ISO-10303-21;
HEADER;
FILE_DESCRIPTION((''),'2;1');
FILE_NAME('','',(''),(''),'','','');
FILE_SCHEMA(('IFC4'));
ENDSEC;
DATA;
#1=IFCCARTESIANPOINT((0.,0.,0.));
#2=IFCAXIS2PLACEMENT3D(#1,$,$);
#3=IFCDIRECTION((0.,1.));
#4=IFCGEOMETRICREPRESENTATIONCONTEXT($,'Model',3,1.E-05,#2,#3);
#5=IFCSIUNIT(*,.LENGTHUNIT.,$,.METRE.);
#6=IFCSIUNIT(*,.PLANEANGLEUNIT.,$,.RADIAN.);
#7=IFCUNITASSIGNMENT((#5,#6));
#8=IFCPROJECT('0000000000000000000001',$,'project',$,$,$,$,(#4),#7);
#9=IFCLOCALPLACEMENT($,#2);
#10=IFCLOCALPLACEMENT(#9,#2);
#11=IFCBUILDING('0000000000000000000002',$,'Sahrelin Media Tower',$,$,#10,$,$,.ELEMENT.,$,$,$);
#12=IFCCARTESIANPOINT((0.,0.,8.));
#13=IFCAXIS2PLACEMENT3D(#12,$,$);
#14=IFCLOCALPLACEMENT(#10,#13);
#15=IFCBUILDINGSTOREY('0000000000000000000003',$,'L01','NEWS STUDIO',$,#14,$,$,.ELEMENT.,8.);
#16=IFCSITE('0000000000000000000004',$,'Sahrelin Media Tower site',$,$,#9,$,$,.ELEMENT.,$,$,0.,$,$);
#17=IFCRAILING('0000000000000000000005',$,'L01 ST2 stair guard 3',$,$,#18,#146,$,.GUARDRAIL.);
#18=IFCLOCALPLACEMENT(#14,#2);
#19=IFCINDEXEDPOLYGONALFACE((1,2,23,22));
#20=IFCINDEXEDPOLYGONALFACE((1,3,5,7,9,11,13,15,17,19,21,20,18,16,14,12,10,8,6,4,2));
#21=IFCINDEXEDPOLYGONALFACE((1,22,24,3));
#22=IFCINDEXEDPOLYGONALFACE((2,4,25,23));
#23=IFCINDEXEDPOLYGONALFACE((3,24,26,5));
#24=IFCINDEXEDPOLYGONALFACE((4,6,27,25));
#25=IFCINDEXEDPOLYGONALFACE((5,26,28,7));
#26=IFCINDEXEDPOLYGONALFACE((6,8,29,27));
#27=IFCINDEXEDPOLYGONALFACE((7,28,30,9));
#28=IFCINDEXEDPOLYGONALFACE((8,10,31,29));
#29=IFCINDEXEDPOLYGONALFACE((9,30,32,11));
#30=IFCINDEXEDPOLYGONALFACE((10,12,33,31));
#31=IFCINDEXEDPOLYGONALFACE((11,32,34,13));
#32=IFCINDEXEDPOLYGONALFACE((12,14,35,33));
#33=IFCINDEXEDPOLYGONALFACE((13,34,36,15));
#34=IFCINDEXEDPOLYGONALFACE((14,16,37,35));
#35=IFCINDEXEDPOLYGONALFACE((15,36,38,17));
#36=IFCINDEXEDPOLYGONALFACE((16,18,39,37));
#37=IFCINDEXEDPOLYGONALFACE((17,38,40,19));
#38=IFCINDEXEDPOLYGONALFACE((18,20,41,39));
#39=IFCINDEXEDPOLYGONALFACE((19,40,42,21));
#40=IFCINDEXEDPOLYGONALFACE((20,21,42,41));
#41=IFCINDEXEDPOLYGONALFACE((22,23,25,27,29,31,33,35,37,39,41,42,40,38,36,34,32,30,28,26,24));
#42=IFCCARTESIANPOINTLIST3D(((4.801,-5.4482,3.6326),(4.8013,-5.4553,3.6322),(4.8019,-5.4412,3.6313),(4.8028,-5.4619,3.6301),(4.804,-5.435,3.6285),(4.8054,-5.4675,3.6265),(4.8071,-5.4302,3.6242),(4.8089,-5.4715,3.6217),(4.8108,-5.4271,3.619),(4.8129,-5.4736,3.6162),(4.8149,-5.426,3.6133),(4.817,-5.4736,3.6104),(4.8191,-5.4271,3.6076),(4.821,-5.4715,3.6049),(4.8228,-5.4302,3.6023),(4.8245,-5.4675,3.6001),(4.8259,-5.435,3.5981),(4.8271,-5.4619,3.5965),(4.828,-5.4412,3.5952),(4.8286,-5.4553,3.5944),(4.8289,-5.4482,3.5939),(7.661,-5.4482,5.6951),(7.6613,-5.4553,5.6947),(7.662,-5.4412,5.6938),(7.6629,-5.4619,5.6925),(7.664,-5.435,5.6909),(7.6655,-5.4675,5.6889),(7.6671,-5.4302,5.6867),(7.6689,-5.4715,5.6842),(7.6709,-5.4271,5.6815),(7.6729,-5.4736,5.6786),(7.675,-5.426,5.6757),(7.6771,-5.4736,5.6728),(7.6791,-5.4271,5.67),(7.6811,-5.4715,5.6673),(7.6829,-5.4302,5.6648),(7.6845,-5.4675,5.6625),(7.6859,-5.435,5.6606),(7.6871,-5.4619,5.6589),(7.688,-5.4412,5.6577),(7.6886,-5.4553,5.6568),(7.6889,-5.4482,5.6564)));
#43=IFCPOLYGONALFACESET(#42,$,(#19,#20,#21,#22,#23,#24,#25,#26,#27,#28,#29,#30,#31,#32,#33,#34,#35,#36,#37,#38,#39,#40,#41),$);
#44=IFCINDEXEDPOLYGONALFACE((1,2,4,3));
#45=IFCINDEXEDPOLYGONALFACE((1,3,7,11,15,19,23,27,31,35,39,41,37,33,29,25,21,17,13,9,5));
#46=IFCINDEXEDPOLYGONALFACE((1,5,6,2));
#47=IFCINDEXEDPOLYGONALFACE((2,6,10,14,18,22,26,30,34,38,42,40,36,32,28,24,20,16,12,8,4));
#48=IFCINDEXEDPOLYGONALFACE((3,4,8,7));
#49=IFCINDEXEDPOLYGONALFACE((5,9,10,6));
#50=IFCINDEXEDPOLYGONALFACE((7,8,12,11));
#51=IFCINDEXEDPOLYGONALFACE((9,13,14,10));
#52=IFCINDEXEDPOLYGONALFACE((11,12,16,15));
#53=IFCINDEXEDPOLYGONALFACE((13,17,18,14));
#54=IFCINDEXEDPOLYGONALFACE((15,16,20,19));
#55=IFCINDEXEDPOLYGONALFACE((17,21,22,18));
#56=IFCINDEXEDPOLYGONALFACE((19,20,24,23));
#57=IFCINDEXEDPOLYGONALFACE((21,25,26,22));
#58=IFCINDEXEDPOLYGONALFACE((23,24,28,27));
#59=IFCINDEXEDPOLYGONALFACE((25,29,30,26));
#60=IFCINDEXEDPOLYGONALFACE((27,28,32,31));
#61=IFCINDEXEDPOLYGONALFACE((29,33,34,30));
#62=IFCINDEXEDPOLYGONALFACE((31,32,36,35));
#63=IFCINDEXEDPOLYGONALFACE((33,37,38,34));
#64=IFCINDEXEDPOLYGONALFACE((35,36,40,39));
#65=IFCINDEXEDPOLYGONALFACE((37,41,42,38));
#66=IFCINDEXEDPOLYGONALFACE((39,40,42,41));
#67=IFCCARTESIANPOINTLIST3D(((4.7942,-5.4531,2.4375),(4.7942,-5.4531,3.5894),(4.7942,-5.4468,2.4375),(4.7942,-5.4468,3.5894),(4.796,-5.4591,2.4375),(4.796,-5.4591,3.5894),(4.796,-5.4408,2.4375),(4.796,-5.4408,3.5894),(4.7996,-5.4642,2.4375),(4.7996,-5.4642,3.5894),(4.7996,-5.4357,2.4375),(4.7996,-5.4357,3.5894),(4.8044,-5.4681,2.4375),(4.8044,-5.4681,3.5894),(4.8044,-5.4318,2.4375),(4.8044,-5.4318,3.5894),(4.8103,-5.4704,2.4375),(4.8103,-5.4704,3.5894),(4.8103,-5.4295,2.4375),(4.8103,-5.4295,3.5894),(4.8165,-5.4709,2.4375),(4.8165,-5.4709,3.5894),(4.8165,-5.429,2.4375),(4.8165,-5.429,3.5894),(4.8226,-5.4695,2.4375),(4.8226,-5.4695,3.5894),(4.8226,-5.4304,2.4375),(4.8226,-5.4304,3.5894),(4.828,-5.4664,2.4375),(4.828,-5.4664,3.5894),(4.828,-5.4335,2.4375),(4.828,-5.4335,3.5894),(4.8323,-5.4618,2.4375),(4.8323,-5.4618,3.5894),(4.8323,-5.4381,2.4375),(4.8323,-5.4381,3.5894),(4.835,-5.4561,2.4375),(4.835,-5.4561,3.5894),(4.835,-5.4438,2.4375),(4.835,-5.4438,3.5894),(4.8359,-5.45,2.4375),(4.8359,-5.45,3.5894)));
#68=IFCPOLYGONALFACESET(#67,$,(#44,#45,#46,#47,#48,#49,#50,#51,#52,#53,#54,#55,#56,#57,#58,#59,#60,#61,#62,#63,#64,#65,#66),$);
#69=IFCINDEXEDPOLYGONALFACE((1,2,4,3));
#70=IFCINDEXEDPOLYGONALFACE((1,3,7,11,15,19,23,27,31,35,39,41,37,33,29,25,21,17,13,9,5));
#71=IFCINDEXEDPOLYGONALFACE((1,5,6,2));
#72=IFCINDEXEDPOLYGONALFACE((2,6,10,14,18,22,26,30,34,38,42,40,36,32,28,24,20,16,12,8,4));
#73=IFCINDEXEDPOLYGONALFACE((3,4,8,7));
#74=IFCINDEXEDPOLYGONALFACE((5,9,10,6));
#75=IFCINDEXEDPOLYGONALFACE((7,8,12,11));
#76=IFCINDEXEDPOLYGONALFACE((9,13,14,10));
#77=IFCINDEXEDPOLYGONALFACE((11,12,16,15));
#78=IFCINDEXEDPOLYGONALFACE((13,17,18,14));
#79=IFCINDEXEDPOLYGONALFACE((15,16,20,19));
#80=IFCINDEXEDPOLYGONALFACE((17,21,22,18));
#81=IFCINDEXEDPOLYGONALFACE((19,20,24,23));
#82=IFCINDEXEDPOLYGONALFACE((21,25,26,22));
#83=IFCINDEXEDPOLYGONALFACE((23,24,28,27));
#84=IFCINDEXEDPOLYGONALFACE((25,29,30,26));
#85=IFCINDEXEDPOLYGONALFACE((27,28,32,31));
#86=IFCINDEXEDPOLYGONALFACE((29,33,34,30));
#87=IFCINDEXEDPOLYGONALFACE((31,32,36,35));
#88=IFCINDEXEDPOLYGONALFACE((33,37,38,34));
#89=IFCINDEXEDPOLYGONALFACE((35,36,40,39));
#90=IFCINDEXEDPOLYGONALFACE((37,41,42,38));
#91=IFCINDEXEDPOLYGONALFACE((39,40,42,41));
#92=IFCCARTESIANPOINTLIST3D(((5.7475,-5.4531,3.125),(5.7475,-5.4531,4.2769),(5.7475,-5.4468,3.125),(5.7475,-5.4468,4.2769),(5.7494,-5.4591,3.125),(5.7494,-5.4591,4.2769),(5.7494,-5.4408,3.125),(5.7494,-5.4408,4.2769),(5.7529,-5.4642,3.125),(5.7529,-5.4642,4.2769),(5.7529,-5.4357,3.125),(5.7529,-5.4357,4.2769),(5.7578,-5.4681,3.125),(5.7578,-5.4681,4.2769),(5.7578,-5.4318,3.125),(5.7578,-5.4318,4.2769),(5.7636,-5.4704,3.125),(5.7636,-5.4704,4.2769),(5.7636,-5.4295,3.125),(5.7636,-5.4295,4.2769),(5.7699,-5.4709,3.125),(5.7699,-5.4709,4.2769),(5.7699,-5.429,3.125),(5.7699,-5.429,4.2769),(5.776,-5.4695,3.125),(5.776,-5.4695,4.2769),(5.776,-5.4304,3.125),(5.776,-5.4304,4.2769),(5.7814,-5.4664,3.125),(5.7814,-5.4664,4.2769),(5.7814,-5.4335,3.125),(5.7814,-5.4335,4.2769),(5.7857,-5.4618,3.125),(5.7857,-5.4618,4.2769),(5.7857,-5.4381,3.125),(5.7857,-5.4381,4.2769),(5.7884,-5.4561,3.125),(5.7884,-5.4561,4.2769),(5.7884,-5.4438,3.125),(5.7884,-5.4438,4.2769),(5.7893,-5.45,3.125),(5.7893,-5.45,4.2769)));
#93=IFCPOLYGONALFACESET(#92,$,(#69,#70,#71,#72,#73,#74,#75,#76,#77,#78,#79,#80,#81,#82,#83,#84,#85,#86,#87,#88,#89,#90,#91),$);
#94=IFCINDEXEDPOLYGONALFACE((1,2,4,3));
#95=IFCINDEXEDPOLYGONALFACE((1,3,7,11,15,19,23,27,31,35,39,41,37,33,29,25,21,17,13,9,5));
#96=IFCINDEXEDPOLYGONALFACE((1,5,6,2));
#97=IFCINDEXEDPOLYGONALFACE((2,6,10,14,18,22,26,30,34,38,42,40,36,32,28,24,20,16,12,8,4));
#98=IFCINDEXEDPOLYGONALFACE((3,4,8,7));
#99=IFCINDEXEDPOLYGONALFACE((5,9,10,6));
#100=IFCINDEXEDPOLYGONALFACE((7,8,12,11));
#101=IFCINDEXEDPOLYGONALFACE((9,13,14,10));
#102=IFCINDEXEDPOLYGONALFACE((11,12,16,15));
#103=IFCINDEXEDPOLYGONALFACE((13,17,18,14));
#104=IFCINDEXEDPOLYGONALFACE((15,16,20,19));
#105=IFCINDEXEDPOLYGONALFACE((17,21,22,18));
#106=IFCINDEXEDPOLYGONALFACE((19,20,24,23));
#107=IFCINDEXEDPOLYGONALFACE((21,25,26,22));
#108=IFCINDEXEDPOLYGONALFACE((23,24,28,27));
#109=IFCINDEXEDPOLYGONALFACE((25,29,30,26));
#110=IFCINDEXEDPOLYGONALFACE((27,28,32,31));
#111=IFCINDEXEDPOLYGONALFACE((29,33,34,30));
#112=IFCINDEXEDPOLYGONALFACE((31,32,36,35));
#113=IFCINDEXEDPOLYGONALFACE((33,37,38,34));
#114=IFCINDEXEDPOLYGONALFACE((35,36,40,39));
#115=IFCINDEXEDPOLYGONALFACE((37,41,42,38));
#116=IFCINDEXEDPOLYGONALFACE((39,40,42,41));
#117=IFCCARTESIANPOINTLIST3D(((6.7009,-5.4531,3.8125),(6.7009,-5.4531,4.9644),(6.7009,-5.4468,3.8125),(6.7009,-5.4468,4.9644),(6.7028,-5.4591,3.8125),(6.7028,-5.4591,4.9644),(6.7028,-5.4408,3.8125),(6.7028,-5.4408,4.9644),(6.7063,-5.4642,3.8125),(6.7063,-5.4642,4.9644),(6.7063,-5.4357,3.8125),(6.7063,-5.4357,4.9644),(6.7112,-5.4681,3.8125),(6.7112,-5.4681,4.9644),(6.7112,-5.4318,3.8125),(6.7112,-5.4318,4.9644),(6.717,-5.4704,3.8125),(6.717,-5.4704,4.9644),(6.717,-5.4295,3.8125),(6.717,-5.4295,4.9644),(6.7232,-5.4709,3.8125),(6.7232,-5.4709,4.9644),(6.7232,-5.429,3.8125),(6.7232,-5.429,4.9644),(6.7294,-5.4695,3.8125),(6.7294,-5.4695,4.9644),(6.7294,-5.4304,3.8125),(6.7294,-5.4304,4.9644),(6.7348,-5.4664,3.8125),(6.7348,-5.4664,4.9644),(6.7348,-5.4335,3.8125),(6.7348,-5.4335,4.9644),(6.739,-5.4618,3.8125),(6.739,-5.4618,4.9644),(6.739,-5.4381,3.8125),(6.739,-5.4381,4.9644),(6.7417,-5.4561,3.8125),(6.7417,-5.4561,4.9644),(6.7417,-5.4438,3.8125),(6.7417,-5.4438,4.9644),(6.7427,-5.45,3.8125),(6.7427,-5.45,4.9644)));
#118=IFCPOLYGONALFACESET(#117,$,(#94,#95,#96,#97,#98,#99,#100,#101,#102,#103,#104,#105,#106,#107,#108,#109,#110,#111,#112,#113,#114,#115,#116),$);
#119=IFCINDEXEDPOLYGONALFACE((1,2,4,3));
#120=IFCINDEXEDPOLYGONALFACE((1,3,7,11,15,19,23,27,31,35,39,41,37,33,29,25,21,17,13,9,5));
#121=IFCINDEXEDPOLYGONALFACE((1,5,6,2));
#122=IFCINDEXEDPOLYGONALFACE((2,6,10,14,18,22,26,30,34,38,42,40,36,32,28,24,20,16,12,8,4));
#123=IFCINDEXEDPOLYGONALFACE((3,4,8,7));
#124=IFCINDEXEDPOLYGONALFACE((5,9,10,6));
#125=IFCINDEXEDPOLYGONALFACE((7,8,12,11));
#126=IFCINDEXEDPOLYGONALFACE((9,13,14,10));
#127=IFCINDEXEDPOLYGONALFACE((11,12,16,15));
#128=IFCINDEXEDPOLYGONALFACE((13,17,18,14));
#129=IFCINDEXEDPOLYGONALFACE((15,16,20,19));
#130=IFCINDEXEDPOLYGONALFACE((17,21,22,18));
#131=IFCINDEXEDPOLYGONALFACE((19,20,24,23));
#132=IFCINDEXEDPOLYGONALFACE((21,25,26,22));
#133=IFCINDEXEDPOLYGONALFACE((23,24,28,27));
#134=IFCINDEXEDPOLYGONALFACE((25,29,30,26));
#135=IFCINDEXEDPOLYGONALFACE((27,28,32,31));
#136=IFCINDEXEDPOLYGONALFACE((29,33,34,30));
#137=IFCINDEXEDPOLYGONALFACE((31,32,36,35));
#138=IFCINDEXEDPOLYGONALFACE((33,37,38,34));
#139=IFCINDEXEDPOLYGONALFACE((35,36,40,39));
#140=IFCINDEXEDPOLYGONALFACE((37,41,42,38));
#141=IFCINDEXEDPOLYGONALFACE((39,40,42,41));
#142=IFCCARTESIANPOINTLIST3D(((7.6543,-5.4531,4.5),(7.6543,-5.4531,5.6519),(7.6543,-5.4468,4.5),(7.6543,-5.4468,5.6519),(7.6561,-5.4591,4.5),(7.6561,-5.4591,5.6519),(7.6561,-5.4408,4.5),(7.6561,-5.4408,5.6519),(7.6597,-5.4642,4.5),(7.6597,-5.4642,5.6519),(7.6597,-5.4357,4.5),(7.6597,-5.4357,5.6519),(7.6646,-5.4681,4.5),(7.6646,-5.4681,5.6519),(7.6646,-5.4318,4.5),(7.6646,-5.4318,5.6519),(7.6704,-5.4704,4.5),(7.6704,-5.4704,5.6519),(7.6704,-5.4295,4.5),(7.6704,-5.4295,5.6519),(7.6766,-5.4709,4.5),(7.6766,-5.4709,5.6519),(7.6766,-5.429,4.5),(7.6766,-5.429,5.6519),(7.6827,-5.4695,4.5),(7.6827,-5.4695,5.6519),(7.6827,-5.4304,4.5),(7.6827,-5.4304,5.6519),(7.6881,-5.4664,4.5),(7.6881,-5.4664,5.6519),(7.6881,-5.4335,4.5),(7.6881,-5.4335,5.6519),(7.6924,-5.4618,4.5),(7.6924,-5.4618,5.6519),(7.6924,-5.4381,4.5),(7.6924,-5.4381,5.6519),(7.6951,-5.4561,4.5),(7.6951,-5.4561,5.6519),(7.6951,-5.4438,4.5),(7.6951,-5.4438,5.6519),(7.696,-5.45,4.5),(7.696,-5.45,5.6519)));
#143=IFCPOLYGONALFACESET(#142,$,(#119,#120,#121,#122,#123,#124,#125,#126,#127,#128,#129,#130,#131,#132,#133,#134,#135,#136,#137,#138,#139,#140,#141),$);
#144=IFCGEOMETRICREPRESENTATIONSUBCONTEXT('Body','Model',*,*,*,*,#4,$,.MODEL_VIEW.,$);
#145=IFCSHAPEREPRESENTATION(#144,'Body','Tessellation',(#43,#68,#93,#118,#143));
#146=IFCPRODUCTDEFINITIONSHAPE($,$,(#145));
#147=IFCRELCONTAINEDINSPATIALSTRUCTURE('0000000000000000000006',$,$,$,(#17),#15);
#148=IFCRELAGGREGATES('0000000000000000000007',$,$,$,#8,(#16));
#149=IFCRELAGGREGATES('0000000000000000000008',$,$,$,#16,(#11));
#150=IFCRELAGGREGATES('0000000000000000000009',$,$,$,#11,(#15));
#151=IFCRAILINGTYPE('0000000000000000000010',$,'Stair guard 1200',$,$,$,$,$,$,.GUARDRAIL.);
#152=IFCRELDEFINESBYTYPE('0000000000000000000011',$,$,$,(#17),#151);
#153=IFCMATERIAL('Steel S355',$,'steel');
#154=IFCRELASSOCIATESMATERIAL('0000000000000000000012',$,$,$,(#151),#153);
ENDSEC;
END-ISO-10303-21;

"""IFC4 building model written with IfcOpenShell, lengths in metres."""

from ifc_helpers import new_model, si_unit, direction, frame, origin, origin_2d, place, context, subcontext, project, spatial, circle, extrude, material, type_object, element, save


model = new_model("IFC4")

# Units and contexts
model_context = context("Model", 3, precision=1e-05, world=origin(), true_north=direction((0.0, 1.0)))
body_context = subcontext(model_context, "Body", "Model", "MODEL_VIEW")
ifc_project = project(units=[si_unit("LENGTHUNIT", "METRE"), si_unit("PLANEANGLEUNIT", "RADIAN")], contexts=[model_context])

# Site, building, storey
site_placement = place(None, origin())
site = spatial("IfcSite", under=ifc_project, at=site_placement, Name="Sahrelin Media Tower site", CompositionType="ELEMENT", RefElevation=0.0)
building_placement = place(site_placement, origin())
building = spatial("IfcBuilding", under=site, at=building_placement, Name="Sahrelin Media Tower", CompositionType="ELEMENT")
storey_placement = place(building_placement, frame((0.0, 0.0, 8.0)))
storey = spatial("IfcBuildingStorey", under=building, at=storey_placement, Name="L01", Description="NEWS STUDIO", CompositionType="ELEMENT", Elevation=8.0)

# Railing
ifc_material_1 = material(Name="Steel S355", Category="steel")
railing_type_1 = type_object("IfcRailingType", Name="Stair guard 1200", PredefinedType="GUARDRAIL", material=ifc_material_1)
railing_1_placement = place(storey_placement, frame((4.8149, -5.45, 2.4375)))
element("IfcRailing", 1, at=railing_1_placement, inside=storey, type_object=railing_type_1, Name="L01 ST2 stair guard 3", PredefinedType="GUARDRAIL", context=body_context, shape_type="SweptSolid", body=[
    extrude(circle(Radius=0.0239, at=origin_2d()), frame((0.0, 0.0, 1.1758), z_axis=(0.811101, 0.0, 0.584906), x_axis=(0.0, 1.0, 0.0)), (0.0, 0.0, 1.0), 3.5261),
    extrude(circle(Radius=0.021, at=origin_2d()), origin(), (0.0, 0.0, 1.0), 1.1519),
    extrude(circle(Radius=0.021, at=origin_2d()), frame((0.9534, 0.0, 0.6875)), (0.0, 0.0, 1.0), 1.1519),
    extrude(circle(Radius=0.021, at=origin_2d()), frame((1.9067, 0.0, 1.375)), (0.0, 0.0, 1.0), 1.1519),
    extrude(circle(Radius=0.021, at=origin_2d()), frame((2.8601, 0.0, 2.0625)), (0.0, 0.0, 1.0), 1.1519),
])

save(model, "model.ifc")
